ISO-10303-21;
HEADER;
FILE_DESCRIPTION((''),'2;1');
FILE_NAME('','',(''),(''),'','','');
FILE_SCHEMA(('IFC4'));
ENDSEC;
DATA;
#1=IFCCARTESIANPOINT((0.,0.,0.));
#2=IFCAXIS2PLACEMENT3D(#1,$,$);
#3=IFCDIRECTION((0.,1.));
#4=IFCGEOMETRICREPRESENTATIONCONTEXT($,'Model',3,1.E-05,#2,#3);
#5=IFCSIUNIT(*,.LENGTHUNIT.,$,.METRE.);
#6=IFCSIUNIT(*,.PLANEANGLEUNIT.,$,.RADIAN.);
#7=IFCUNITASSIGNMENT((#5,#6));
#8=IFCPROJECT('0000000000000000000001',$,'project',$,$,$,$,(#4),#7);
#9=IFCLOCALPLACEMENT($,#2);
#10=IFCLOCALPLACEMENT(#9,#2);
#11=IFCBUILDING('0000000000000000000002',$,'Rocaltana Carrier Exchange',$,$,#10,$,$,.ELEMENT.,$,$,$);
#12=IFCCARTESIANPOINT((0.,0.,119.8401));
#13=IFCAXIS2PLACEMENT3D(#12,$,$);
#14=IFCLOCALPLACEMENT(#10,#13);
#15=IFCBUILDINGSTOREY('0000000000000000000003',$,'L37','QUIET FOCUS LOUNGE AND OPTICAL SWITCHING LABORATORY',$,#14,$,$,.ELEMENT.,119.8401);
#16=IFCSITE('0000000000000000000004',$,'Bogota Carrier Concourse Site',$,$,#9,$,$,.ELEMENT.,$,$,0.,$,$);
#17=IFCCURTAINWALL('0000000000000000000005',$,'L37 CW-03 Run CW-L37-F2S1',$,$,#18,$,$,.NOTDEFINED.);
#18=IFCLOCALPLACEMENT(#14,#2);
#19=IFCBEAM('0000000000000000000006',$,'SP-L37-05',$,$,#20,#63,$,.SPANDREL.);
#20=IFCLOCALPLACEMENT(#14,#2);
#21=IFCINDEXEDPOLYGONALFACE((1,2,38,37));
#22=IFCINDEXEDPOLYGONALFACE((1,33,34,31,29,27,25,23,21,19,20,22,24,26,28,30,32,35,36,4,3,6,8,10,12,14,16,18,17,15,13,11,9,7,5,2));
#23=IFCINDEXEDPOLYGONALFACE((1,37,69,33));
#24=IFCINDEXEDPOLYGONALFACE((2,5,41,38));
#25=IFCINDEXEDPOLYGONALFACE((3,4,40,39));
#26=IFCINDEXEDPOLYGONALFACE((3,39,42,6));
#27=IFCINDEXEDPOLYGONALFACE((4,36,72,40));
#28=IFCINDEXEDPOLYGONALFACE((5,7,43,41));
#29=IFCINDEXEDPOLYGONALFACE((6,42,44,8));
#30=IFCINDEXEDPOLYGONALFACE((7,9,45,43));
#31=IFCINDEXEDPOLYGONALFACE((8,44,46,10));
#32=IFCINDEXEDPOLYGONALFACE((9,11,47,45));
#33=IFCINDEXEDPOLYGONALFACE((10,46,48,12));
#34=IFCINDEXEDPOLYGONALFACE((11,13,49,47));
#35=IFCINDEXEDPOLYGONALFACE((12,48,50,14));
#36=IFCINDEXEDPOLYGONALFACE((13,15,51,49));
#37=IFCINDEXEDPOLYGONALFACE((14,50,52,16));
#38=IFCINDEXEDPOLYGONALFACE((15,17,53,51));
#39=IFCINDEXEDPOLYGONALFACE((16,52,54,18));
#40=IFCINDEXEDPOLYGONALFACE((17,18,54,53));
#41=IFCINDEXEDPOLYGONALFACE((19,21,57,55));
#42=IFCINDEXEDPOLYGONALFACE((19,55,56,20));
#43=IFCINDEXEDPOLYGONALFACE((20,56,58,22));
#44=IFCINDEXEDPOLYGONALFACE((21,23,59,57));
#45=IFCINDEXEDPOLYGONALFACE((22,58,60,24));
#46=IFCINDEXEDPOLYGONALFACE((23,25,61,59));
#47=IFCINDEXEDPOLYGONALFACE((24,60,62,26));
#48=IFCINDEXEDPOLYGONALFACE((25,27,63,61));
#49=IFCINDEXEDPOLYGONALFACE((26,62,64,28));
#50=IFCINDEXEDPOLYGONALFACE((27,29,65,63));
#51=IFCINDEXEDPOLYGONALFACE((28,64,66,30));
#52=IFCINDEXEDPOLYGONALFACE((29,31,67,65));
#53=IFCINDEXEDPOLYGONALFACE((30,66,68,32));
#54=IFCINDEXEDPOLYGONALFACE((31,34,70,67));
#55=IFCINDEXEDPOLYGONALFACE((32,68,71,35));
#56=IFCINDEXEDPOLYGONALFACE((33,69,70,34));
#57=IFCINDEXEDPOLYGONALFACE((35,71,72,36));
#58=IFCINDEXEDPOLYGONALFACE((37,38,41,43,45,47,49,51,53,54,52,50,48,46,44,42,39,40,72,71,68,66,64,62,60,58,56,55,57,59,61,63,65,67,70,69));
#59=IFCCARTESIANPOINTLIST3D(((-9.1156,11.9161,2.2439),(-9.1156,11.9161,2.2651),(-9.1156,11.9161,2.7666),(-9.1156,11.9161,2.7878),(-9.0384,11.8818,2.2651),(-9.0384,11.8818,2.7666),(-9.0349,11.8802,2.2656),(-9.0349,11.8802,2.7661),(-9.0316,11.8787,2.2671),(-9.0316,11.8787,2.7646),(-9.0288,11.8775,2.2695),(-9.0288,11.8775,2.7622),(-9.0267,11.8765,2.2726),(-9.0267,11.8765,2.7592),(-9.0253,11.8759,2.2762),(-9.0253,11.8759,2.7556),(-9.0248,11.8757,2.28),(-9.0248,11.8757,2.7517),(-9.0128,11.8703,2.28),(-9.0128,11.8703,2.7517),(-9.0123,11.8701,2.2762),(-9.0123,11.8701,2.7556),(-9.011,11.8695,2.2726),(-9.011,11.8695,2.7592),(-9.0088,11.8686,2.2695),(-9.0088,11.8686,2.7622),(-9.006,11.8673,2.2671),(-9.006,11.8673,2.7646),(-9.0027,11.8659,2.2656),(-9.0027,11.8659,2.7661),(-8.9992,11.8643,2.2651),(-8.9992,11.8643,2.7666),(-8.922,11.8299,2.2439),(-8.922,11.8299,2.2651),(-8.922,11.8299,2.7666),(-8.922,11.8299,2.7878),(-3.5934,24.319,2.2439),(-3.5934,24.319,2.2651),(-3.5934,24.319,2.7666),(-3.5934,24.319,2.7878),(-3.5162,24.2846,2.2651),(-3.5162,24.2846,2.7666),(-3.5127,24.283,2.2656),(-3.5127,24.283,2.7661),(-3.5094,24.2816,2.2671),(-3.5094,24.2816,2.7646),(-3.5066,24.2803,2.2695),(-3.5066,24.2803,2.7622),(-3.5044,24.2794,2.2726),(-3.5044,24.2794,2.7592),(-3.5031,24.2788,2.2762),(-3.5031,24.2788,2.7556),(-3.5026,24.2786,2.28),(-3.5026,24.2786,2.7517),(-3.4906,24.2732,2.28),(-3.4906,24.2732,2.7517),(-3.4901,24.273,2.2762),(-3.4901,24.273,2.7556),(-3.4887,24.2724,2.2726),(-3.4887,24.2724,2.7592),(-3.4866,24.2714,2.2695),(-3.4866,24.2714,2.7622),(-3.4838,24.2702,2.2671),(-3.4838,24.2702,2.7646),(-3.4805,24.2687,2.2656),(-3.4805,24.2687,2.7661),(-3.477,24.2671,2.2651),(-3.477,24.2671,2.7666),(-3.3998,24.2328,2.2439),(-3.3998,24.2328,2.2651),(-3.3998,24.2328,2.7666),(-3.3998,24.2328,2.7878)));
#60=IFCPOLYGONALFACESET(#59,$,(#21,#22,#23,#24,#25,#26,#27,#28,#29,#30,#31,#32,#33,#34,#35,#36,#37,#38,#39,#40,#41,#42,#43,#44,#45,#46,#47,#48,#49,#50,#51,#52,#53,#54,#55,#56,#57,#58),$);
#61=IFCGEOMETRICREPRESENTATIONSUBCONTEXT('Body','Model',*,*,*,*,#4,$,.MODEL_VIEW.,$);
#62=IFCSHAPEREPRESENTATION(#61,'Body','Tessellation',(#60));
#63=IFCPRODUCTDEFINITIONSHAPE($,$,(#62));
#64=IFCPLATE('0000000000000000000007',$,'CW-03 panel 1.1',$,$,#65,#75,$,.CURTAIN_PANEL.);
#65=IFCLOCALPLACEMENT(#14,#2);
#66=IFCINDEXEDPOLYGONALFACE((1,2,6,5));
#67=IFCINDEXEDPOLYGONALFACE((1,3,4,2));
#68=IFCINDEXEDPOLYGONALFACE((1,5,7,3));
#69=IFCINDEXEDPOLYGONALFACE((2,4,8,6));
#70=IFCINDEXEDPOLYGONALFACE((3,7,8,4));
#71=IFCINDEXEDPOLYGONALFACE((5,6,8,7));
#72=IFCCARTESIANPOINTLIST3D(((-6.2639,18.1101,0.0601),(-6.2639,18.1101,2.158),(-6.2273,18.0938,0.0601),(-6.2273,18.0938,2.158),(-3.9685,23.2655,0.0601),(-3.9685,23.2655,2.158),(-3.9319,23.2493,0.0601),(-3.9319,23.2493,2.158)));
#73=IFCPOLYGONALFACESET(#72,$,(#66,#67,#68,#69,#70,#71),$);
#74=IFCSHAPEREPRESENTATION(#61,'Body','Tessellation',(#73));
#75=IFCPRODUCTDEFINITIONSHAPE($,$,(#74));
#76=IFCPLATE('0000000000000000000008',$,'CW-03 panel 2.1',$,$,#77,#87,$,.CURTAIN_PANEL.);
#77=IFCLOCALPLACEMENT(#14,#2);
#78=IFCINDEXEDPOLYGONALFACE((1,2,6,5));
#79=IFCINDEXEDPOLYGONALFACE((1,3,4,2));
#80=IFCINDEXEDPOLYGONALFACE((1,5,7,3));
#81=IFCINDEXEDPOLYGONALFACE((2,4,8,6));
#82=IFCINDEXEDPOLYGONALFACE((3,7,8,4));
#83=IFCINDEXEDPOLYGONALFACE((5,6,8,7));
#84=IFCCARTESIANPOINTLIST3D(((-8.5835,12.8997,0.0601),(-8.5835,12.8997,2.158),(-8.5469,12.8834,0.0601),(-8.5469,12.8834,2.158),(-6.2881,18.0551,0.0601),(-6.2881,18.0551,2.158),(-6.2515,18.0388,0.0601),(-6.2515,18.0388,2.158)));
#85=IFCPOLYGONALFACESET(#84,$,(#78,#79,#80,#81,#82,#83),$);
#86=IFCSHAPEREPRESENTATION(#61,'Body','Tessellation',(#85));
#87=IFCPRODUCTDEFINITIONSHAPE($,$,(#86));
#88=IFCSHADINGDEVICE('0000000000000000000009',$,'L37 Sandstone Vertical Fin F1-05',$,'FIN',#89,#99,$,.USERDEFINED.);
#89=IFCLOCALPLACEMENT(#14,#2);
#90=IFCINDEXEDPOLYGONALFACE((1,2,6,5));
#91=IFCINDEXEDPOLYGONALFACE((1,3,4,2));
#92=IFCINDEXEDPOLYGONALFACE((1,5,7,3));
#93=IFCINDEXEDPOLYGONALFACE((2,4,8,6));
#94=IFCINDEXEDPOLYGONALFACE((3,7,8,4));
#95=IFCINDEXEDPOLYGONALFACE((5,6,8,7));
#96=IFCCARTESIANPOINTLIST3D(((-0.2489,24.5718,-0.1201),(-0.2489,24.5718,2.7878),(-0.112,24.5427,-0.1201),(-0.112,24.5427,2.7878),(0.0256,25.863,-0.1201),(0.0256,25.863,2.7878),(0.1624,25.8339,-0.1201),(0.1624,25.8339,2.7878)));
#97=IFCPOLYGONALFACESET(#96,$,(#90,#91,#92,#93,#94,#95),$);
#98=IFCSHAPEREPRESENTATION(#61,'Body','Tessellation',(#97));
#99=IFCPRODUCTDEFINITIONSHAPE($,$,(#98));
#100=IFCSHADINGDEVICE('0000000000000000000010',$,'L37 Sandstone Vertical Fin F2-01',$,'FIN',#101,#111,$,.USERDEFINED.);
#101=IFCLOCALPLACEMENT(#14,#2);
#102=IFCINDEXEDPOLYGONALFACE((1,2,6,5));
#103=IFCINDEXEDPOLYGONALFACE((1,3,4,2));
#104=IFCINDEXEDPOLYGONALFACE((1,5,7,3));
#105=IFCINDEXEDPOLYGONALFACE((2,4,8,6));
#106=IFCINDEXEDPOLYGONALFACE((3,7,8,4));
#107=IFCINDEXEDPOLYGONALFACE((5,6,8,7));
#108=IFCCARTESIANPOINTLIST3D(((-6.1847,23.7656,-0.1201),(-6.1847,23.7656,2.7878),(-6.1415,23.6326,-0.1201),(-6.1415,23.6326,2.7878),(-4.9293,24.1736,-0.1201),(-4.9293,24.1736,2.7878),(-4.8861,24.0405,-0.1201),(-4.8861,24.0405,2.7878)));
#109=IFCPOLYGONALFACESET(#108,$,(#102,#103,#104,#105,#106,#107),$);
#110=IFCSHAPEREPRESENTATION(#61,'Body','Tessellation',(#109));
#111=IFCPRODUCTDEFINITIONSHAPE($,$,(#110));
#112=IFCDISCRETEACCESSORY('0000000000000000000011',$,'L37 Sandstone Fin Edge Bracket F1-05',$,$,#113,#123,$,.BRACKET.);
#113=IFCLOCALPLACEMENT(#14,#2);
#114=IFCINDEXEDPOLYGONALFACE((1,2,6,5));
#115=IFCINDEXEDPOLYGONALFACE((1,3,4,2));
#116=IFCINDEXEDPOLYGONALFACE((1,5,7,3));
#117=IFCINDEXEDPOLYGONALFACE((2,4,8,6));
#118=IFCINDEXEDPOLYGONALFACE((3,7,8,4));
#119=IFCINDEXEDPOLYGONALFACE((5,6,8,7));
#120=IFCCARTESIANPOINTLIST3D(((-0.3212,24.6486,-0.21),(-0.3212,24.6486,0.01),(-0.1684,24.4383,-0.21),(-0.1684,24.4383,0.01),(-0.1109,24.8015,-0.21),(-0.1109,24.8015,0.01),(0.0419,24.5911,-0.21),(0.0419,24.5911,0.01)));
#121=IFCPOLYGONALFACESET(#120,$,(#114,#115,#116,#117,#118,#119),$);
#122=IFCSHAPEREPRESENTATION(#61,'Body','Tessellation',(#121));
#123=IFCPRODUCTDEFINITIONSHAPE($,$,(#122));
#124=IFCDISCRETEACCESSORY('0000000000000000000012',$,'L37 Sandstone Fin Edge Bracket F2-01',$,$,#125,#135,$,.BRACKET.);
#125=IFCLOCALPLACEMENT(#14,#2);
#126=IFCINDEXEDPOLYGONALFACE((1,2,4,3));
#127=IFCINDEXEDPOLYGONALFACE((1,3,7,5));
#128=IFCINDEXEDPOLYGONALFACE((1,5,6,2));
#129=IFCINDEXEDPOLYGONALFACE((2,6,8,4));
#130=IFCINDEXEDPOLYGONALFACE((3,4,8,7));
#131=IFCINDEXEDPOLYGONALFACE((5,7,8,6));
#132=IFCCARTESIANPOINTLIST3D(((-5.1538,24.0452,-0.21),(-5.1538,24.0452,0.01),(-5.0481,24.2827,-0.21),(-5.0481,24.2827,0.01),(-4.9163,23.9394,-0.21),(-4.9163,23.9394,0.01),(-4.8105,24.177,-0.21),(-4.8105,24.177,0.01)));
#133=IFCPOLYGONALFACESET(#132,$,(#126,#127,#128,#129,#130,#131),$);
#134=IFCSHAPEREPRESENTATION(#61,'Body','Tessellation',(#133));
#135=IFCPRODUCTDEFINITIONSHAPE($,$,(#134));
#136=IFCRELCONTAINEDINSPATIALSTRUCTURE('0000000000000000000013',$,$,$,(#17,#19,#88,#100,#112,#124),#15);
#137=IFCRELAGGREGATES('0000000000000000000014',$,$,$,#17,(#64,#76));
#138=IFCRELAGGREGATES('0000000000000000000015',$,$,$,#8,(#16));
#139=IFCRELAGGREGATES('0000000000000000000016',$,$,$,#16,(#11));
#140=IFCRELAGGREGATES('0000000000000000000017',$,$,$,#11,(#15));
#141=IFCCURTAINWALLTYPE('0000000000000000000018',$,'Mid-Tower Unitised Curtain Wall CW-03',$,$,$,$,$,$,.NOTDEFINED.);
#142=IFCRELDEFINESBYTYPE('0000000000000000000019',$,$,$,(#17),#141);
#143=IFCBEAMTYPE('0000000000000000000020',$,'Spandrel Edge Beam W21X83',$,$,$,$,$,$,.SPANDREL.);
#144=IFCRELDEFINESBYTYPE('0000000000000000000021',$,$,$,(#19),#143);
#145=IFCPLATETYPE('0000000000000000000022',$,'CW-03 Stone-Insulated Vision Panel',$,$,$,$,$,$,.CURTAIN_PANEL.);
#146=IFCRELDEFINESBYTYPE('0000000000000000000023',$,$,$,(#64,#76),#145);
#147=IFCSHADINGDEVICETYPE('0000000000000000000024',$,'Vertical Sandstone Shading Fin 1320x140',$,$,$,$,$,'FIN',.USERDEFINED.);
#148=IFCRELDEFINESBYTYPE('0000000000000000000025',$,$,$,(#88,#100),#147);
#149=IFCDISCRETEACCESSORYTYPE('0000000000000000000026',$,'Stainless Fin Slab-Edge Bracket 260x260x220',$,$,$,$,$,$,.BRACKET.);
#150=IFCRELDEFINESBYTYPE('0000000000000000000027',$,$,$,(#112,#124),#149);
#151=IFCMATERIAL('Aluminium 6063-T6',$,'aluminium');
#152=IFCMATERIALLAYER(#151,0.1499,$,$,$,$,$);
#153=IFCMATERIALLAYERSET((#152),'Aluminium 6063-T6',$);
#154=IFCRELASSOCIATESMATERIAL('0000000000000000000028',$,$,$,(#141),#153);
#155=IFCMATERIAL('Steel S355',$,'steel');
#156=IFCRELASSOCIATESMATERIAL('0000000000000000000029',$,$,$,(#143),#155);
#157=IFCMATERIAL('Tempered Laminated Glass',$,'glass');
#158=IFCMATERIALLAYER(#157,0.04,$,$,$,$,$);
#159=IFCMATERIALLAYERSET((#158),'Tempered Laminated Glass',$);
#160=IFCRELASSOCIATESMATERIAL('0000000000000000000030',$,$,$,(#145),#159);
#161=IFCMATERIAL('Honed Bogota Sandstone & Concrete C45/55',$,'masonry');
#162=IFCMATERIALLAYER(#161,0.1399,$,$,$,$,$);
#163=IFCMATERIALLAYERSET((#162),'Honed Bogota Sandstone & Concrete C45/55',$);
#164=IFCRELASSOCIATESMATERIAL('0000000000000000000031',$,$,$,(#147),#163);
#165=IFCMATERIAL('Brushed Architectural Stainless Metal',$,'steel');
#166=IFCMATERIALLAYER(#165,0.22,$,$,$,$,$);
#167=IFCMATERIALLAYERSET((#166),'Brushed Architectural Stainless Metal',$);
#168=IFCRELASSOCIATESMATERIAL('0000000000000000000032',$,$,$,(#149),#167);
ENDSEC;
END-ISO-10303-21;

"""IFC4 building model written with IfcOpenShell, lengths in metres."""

from ifc_helpers import new_model, si_unit, direction, frame, origin, origin_2d, place, context, subcontext, project, spatial, rectangle, i_section, extrude, material, layer, layer_set, material_profile, profile_set, type_object, element, aggregate, save


model = new_model("IFC4")

# Units and contexts
model_context = context("Model", 3, precision=1e-05, world=origin(), true_north=direction((0.0, 1.0)))
body_context = subcontext(model_context, "Body", "Model", "MODEL_VIEW")
ifc_project = project(units=[si_unit("LENGTHUNIT", "METRE"), si_unit("PLANEANGLEUNIT", "RADIAN")], contexts=[model_context])

# Site, building, storey
site_placement = place(None, origin())
site = spatial("IfcSite", under=ifc_project, at=site_placement, Name="Bogota Carrier Concourse Site", CompositionType="ELEMENT", RefElevation=0.0)
building_placement = place(site_placement, origin())
building = spatial("IfcBuilding", under=site, at=building_placement, Name="Rocaltana Carrier Exchange", CompositionType="ELEMENT")
storey_placement = place(building_placement, frame((0.0, 0.0, 119.8401)))
storey = spatial("IfcBuildingStorey", under=building, at=storey_placement, Name="L37", Description="QUIET FOCUS LOUNGE AND OPTICAL SWITCHING LABORATORY", CompositionType="ELEMENT", Elevation=119.8401)

# Shared definitions
ifc_material_1 = material(Name="Aluminium 6063-T6", Category="aluminium")
ifc_layer_1 = layer(ifc_material_1, 0.1499)
ifc_layer_set_1 = layer_set([ifc_layer_1], Name="Aluminium 6063-T6")
curtain_wall_type = type_object("IfcCurtainWallType", Name="Mid-Tower Unitised Curtain Wall CW-03", PredefinedType="NOTDEFINED", material=ifc_layer_set_1)

# Curtain wall
curtain_wall_1_placement = place(storey_placement, origin())
curtain_wall_1 = element("IfcCurtainWall", 1, at=curtain_wall_1_placement, inside=storey, type_object=curtain_wall_type, Name="L37 CW-03 Run CW-L37-F2S1", PredefinedType="NOTDEFINED")

# Beam
ifc_material_2 = material(Name="Steel S355", Category="steel")
ifc_material_profile_1 = material_profile(ifc_material_2, i_section(OverallWidth=0.2119, OverallDepth=0.5439, WebThickness=0.0132, FlangeThickness=0.0212, FilletRadius=0.0149, at=origin_2d()), Name="W21X83")
ifc_profile_set_1 = profile_set([ifc_material_profile_1], Name="Steel S355")
beam_type_1 = type_object("IfcBeamType", Name="Spandrel Edge Beam W21X83", PredefinedType="SPANDREL", material=ifc_profile_set_1)
beam_1_placement = place(storey_placement, frame((-3.4966, 24.2759, 2.5159), z_axis=(-0.406744, -0.913542, 0.0), x_axis=(0.913542, -0.406744, 0.0)))
element("IfcBeam", 2, at=beam_1_placement, inside=storey, type_object=beam_type_1, Name="SP-L37-05", PredefinedType="SPANDREL", context=body_context, shape_type="SweptSolid", body=[
    extrude(i_section(OverallWidth=0.2119, OverallDepth=0.5439, WebThickness=0.0132, FlangeThickness=0.0212, FilletRadius=0.0149, at=origin_2d()), origin(), (0.0, 0.0, 1.0), 13.5767),
])

# Plates
ifc_material_3 = material(Name="Tempered Laminated Glass", Category="glass")
ifc_layer_2 = layer(ifc_material_3, 0.04)
ifc_layer_set_2 = layer_set([ifc_layer_2], Name="Tempered Laminated Glass")
plate_type = type_object("IfcPlateType", Name="CW-03 Stone-Insulated Vision Panel", PredefinedType="CURTAIN_PANEL", material=ifc_layer_set_2)
plate_1_placement = place(storey_placement, frame((-5.0979, 20.6797, 0.0601), z_axis=(0.0, 0.0, 1.0), x_axis=(-0.40674, -0.913544, 0.0)))
plate_1 = element("IfcPlate", 3, at=plate_1_placement, type_object=plate_type, Name="CW-03 panel 1.1", PredefinedType="CURTAIN_PANEL", context=body_context, shape_type="SweptSolid", body=[
    extrude(rectangle(XDim=5.6433, YDim=0.04, at=origin_2d()), origin(), (0.0, 0.0, 1.0), 2.0979),
])
plate_2_placement = place(storey_placement, frame((-7.4175, 15.4692, 0.0601), z_axis=(0.0, 0.0, 1.0), x_axis=(-0.40674, -0.913544, 0.0)))
plate_2 = element("IfcPlate", 4, at=plate_2_placement, type_object=plate_type, Name="CW-03 panel 2.1", PredefinedType="CURTAIN_PANEL", context=body_context, shape_type="SweptSolid", body=[
    extrude(rectangle(XDim=5.6433, YDim=0.04, at=origin_2d()), origin(), (0.0, 0.0, 1.0), 2.0979),
])
aggregate(curtain_wall_1, [plate_1, plate_2])

# Shading devices
ifc_material_4 = material(Name="Honed Bogota Sandstone & Concrete C45/55", Category="masonry")
ifc_layer_3 = layer(ifc_material_4, 0.1399)
ifc_layer_set_3 = layer_set([ifc_layer_3], Name="Honed Bogota Sandstone & Concrete C45/55")
shading_device_type = type_object("IfcShadingDeviceType", Name="Vertical Sandstone Shading Fin 1320x140", ElementType="FIN", PredefinedType="USERDEFINED", material=ifc_layer_set_3)
for number, where, z_axis, x_axis, name in (
    (5, (-0.0432, 25.2029, -0.1201), (0.0, 0.0, 1.0), (0.207912, 0.978148, 0.0), "L37 Sandstone Vertical Fin F1-05"),
    (6, (-5.5354, 23.9031, -0.1201), (0.0, 0.0, 1.0), (-0.951057, -0.309017, 0.0), "L37 Sandstone Vertical Fin F2-01"),
):
    element("IfcShadingDevice", number, at=place(storey_placement, frame(where, z_axis=z_axis, x_axis=x_axis)), inside=storey, type_object=shading_device_type, Name=name, ObjectType="FIN", PredefinedType="USERDEFINED", context=body_context, shape_type="SweptSolid", body=[
        extrude(rectangle(XDim=1.3201, YDim=0.1399, at=origin_2d()), origin(), (0.0, 0.0, 1.0), 2.908),
    ])

# Discrete accessories
ifc_material_5 = material(Name="Brushed Architectural Stainless Metal", Category="steel")
ifc_layer_4 = layer(ifc_material_5, 0.22)
ifc_layer_set_4 = layer_set([ifc_layer_4], Name="Brushed Architectural Stainless Metal")
discrete_accessory_type = type_object("IfcDiscreteAccessoryType", Name="Stainless Fin Slab-Edge Bracket 260x260x220", PredefinedType="BRACKET", material=ifc_layer_set_4)
for number, where, z_axis, x_axis, name in (
    (7, (-0.1396, 24.6199, -0.21), (0.0, 0.0, 1.0), (-0.587785, 0.809017, 0.0), "L37 Sandstone Fin Edge Bracket F1-05"),
    (8, (-4.9822, 24.1111, -0.21), (0.0, 0.0, 1.0), (-0.406737, -0.913545, 0.0), "L37 Sandstone Fin Edge Bracket F2-01"),
):
    element("IfcDiscreteAccessory", number, at=place(storey_placement, frame(where, z_axis=z_axis, x_axis=x_axis)), inside=storey, type_object=discrete_accessory_type, Name=name, PredefinedType="BRACKET", context=body_context, shape_type="SweptSolid", body=[
        extrude(rectangle(XDim=0.26, YDim=0.26, at=origin_2d()), origin(), (0.0, 0.0, 1.0), 0.22),
    ])

save(model, "model.ifc")
